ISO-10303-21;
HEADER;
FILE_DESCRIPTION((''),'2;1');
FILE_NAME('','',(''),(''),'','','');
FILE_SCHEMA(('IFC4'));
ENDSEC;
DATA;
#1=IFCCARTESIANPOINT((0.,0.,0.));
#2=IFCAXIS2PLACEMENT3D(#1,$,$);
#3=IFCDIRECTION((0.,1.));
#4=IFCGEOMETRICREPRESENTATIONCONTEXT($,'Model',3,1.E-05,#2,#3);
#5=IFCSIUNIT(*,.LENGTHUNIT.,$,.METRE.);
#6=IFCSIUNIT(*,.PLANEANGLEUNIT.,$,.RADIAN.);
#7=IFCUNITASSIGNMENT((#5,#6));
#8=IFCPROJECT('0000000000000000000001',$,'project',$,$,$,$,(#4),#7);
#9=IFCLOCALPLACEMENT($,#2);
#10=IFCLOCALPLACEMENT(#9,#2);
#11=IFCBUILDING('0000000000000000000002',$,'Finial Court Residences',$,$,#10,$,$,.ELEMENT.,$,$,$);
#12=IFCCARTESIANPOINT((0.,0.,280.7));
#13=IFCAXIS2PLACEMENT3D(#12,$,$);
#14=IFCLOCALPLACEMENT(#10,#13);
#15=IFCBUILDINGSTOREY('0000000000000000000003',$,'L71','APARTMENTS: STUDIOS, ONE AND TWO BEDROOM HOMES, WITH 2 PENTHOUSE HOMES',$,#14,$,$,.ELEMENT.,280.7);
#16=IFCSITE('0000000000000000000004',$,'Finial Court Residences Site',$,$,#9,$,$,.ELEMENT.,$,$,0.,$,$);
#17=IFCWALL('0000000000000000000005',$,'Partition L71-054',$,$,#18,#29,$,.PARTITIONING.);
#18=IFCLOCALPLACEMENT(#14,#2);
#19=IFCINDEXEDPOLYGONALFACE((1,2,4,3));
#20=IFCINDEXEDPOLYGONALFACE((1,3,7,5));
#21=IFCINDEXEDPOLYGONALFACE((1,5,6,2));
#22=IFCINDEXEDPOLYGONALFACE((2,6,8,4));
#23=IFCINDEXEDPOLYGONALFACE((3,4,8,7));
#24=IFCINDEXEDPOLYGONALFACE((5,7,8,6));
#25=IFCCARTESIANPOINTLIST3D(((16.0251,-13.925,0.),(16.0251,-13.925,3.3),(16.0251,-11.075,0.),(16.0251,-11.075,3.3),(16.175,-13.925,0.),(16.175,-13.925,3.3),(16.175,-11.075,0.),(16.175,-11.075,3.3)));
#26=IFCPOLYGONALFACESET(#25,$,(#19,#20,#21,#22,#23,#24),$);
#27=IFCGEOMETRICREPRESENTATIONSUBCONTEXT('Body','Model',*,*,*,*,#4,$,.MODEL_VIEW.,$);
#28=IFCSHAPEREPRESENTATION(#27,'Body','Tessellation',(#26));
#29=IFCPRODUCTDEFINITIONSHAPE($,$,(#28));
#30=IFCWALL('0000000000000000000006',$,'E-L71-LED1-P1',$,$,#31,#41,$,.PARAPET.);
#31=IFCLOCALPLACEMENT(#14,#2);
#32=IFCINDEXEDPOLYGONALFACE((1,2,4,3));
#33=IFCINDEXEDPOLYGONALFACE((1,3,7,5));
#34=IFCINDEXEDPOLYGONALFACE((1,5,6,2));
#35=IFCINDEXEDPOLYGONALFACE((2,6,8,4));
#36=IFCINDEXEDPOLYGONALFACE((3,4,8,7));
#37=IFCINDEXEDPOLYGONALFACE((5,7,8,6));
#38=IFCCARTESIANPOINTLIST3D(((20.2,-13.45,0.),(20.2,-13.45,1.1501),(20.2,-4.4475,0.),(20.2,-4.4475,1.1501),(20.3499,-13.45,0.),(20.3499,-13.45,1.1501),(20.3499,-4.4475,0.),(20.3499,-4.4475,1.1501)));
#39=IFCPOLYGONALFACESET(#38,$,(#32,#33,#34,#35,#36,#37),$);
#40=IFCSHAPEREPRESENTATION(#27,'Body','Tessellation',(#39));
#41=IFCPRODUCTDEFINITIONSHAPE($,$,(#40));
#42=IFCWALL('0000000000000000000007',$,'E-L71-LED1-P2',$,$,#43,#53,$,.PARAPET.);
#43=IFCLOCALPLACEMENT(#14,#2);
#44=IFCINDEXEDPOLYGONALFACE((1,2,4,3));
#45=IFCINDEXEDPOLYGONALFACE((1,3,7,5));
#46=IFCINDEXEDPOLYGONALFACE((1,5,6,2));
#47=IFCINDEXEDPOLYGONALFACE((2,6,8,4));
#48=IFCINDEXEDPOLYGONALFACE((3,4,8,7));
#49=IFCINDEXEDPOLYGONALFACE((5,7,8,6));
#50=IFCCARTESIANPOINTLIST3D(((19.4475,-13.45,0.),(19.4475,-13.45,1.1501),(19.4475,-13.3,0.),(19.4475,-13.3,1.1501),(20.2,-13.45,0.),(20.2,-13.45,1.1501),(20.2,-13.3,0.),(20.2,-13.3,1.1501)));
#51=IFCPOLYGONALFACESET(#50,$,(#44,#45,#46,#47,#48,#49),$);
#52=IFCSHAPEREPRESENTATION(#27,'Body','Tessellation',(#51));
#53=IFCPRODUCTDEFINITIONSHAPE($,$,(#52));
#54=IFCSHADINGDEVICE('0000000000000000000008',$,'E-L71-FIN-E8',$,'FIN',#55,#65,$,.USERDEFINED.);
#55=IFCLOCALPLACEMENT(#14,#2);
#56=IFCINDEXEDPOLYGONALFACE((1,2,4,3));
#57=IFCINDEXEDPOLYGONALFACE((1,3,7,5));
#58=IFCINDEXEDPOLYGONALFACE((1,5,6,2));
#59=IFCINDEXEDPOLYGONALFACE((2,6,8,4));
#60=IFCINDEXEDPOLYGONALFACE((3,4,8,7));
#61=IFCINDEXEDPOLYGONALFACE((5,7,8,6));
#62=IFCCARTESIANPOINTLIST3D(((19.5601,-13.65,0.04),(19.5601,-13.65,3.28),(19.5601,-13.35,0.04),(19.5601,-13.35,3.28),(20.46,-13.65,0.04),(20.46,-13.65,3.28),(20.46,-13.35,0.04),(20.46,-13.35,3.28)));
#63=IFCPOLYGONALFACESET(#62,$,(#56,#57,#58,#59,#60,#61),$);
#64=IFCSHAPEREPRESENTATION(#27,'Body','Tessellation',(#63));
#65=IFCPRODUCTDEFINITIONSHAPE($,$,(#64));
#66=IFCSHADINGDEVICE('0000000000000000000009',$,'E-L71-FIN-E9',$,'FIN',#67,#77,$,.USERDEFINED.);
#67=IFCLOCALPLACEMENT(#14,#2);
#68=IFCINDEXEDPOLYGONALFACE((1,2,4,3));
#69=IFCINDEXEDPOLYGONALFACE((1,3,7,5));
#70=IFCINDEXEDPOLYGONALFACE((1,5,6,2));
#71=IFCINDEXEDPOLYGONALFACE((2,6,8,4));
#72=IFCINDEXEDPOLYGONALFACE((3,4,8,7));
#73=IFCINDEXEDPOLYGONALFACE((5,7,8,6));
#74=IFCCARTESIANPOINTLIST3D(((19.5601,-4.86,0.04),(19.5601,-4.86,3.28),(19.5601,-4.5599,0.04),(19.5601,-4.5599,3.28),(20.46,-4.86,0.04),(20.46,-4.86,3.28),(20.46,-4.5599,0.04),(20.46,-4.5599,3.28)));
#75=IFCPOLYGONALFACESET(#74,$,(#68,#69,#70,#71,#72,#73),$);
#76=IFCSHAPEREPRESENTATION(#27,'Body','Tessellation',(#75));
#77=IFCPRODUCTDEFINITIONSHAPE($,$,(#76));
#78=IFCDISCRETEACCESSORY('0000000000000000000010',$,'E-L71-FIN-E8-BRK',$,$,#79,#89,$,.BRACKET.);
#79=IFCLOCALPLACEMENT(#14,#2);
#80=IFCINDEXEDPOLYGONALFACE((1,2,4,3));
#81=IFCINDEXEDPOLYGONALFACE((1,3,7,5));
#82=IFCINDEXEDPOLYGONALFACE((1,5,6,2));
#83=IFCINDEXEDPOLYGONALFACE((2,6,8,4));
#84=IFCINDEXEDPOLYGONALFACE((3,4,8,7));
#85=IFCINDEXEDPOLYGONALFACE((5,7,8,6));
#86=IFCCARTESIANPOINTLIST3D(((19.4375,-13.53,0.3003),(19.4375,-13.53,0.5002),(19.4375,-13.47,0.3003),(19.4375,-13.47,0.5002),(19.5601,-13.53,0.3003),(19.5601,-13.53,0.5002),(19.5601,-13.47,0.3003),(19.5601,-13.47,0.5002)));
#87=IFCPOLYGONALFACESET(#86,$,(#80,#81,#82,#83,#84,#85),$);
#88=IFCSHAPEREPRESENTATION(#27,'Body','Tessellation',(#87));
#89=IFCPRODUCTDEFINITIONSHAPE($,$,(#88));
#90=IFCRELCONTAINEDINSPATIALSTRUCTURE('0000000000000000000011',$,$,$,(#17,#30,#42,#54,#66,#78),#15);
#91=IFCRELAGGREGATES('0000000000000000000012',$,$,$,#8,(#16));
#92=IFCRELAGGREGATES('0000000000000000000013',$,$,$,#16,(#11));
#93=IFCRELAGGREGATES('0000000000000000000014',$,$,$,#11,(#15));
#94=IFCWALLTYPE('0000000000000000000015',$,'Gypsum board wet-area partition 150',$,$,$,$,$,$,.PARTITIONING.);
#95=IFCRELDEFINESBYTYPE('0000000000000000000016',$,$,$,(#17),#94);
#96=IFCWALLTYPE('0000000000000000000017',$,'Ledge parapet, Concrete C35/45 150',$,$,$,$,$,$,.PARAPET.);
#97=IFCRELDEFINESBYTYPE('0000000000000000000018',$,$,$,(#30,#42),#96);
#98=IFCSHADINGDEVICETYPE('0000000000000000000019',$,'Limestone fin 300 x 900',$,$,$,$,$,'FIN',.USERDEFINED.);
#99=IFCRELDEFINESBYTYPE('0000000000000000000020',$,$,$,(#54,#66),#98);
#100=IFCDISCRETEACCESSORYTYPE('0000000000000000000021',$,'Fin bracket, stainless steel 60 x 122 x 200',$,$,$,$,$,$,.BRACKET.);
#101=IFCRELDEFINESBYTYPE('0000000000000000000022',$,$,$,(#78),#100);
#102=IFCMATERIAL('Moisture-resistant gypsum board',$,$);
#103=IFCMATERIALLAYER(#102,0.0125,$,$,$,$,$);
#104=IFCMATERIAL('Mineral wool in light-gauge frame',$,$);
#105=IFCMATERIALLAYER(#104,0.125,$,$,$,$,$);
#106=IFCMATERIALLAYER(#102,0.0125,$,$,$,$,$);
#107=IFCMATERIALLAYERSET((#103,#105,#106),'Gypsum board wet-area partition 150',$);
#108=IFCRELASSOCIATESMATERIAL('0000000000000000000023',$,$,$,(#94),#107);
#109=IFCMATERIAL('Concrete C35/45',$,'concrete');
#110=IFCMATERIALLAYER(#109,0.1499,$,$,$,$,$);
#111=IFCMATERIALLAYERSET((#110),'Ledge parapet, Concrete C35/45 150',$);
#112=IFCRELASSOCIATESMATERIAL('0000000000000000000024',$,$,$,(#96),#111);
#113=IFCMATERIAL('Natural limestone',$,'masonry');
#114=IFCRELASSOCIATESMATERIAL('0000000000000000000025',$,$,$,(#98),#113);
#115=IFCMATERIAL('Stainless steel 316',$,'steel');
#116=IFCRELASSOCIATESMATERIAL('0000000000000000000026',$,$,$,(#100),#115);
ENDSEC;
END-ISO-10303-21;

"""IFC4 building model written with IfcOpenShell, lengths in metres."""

from ifc_helpers import new_model, si_unit, direction, frame, frame_2d, origin, origin_2d, place, context, subcontext, project, spatial, rectangle, extrude, material, layer, layer_set, type_object, element, save


model = new_model("IFC4")

# Units and contexts
model_context = context("Model", 3, precision=1e-05, world=origin(), true_north=direction((0.0, 1.0)))
body_context = subcontext(model_context, "Body", "Model", "MODEL_VIEW")
ifc_project = project(units=[si_unit("LENGTHUNIT", "METRE"), si_unit("PLANEANGLEUNIT", "RADIAN")], contexts=[model_context])

# Site, building, storey
site_placement = place(None, origin())
site = spatial("IfcSite", under=ifc_project, at=site_placement, Name="Finial Court Residences Site", CompositionType="ELEMENT", RefElevation=0.0)
building_placement = place(site_placement, origin())
building = spatial("IfcBuilding", under=site, at=building_placement, Name="Finial Court Residences", CompositionType="ELEMENT")
storey_placement = place(building_placement, frame((0.0, 0.0, 280.7)))
storey = spatial("IfcBuildingStorey", under=building, at=storey_placement, Name="L71", Description="APARTMENTS: STUDIOS, ONE AND TWO BEDROOM HOMES, WITH 2 PENTHOUSE HOMES", CompositionType="ELEMENT", Elevation=280.7)

# Shared definitions
ifc_material_1 = material(Name="Mineral wool in light-gauge frame")

# Walls
ifc_material_2 = material(Name="Moisture-resistant gypsum board")
ifc_layer_1 = layer(ifc_material_2, 0.0125)
ifc_layer_2 = layer(ifc_material_1, 0.125)
ifc_layer_3 = layer(ifc_material_2, 0.0125)
ifc_layer_set_1 = layer_set([ifc_layer_1, ifc_layer_2, ifc_layer_3], Name="Gypsum board wet-area partition 150")
wall_type_1 = type_object("IfcWallType", Name="Gypsum board wet-area partition 150", PredefinedType="PARTITIONING", material=ifc_layer_set_1)
wall_1_placement = place(storey_placement, frame((16.1001, -13.925, 0.0), z_axis=(0.0, 0.0, 1.0), x_axis=(0.0, 1.0, 0.0)))
element("IfcWall", 1, at=wall_1_placement, inside=storey, type_object=wall_type_1, Name="Partition L71-054", PredefinedType="PARTITIONING", context=body_context, shape_type="SweptSolid", body=[
    extrude(rectangle(XDim=2.8501, YDim=0.1499, at=frame_2d((1.425, 0.0))), origin(), (0.0, 0.0, 1.0), 3.3),
])
ifc_material_3 = material(Name="Concrete C35/45", Category="concrete")
ifc_layer_4 = layer(ifc_material_3, 0.1499)
ifc_layer_set_2 = layer_set([ifc_layer_4], Name="Ledge parapet, Concrete C35/45 150")
wall_type_2 = type_object("IfcWallType", Name="Ledge parapet, Concrete C35/45 150", PredefinedType="PARAPET", material=ifc_layer_set_2)
wall_2_placement = place(storey_placement, frame((20.2749, -4.4475, 0.0), z_axis=(0.0, 0.0, 1.0), x_axis=(0.0, -1.0, 0.0)))
element("IfcWall", 2, at=wall_2_placement, inside=storey, type_object=wall_type_2, Name="E-L71-LED1-P1", PredefinedType="PARAPET", context=body_context, shape_type="SweptSolid", body=[
    extrude(rectangle(XDim=9.0024, YDim=0.1499, at=frame_2d((4.5012, 0.0))), origin(), (0.0, 0.0, 1.0), 1.1501),
])
wall_3_placement = place(storey_placement, frame((20.2, -13.375, 0.0), z_axis=(0.0, 0.0, 1.0), x_axis=(-1.0, 0.0, 0.0)))
element("IfcWall", 3, at=wall_3_placement, inside=storey, type_object=wall_type_2, Name="E-L71-LED1-P2", PredefinedType="PARAPET", context=body_context, shape_type="SweptSolid", body=[
    extrude(rectangle(XDim=0.7524, YDim=0.1499, at=frame_2d((0.3762, 0.0))), origin(), (0.0, 0.0, 1.0), 1.1501),
])

# Shading devices
ifc_material_4 = material(Name="Natural limestone", Category="masonry")
shading_device_type = type_object("IfcShadingDeviceType", Name="Limestone fin 300 x 900", ElementType="FIN", PredefinedType="USERDEFINED", material=ifc_material_4)
for number, where, z_axis, x_axis, name in (
    (4, (20.01, -13.5, 0.04), (0.0, 0.0, 1.0), (1.0, 0.0, 0.0), "E-L71-FIN-E8"),
    (5, (20.01, -4.71, 0.04), (0.0, 0.0, 1.0), (1.0, 0.0, 0.0), "E-L71-FIN-E9"),
):
    element("IfcShadingDevice", number, at=place(storey_placement, frame(where, z_axis=z_axis, x_axis=x_axis)), inside=storey, type_object=shading_device_type, Name=name, ObjectType="FIN", PredefinedType="USERDEFINED", context=body_context, shape_type="SweptSolid", body=[
        extrude(rectangle(XDim=0.8999, YDim=0.3, at=origin_2d()), origin(), (0.0, 0.0, 1.0), 3.24),
    ])

# Discrete accessory
ifc_material_5 = material(Name="Stainless steel 316", Category="steel")
discrete_accessory_type = type_object("IfcDiscreteAccessoryType", Name="Fin bracket, stainless steel 60 x 122 x 200", PredefinedType="BRACKET", material=ifc_material_5)
discrete_accessory_placement = place(storey_placement, frame((19.4988, -13.5, 0.3003), z_axis=(0.0, 0.0, 1.0), x_axis=(1.0, 0.0, 0.0)))
element("IfcDiscreteAccessory", 6, at=discrete_accessory_placement, inside=storey, type_object=discrete_accessory_type, Name="E-L71-FIN-E8-BRK", PredefinedType="BRACKET", context=body_context, shape_type="SweptSolid", body=[
    extrude(rectangle(XDim=0.1226, YDim=0.0601, at=origin_2d()), origin(), (0.0, 0.0, 1.0), 0.2),
])

save(model, "model.ifc")
